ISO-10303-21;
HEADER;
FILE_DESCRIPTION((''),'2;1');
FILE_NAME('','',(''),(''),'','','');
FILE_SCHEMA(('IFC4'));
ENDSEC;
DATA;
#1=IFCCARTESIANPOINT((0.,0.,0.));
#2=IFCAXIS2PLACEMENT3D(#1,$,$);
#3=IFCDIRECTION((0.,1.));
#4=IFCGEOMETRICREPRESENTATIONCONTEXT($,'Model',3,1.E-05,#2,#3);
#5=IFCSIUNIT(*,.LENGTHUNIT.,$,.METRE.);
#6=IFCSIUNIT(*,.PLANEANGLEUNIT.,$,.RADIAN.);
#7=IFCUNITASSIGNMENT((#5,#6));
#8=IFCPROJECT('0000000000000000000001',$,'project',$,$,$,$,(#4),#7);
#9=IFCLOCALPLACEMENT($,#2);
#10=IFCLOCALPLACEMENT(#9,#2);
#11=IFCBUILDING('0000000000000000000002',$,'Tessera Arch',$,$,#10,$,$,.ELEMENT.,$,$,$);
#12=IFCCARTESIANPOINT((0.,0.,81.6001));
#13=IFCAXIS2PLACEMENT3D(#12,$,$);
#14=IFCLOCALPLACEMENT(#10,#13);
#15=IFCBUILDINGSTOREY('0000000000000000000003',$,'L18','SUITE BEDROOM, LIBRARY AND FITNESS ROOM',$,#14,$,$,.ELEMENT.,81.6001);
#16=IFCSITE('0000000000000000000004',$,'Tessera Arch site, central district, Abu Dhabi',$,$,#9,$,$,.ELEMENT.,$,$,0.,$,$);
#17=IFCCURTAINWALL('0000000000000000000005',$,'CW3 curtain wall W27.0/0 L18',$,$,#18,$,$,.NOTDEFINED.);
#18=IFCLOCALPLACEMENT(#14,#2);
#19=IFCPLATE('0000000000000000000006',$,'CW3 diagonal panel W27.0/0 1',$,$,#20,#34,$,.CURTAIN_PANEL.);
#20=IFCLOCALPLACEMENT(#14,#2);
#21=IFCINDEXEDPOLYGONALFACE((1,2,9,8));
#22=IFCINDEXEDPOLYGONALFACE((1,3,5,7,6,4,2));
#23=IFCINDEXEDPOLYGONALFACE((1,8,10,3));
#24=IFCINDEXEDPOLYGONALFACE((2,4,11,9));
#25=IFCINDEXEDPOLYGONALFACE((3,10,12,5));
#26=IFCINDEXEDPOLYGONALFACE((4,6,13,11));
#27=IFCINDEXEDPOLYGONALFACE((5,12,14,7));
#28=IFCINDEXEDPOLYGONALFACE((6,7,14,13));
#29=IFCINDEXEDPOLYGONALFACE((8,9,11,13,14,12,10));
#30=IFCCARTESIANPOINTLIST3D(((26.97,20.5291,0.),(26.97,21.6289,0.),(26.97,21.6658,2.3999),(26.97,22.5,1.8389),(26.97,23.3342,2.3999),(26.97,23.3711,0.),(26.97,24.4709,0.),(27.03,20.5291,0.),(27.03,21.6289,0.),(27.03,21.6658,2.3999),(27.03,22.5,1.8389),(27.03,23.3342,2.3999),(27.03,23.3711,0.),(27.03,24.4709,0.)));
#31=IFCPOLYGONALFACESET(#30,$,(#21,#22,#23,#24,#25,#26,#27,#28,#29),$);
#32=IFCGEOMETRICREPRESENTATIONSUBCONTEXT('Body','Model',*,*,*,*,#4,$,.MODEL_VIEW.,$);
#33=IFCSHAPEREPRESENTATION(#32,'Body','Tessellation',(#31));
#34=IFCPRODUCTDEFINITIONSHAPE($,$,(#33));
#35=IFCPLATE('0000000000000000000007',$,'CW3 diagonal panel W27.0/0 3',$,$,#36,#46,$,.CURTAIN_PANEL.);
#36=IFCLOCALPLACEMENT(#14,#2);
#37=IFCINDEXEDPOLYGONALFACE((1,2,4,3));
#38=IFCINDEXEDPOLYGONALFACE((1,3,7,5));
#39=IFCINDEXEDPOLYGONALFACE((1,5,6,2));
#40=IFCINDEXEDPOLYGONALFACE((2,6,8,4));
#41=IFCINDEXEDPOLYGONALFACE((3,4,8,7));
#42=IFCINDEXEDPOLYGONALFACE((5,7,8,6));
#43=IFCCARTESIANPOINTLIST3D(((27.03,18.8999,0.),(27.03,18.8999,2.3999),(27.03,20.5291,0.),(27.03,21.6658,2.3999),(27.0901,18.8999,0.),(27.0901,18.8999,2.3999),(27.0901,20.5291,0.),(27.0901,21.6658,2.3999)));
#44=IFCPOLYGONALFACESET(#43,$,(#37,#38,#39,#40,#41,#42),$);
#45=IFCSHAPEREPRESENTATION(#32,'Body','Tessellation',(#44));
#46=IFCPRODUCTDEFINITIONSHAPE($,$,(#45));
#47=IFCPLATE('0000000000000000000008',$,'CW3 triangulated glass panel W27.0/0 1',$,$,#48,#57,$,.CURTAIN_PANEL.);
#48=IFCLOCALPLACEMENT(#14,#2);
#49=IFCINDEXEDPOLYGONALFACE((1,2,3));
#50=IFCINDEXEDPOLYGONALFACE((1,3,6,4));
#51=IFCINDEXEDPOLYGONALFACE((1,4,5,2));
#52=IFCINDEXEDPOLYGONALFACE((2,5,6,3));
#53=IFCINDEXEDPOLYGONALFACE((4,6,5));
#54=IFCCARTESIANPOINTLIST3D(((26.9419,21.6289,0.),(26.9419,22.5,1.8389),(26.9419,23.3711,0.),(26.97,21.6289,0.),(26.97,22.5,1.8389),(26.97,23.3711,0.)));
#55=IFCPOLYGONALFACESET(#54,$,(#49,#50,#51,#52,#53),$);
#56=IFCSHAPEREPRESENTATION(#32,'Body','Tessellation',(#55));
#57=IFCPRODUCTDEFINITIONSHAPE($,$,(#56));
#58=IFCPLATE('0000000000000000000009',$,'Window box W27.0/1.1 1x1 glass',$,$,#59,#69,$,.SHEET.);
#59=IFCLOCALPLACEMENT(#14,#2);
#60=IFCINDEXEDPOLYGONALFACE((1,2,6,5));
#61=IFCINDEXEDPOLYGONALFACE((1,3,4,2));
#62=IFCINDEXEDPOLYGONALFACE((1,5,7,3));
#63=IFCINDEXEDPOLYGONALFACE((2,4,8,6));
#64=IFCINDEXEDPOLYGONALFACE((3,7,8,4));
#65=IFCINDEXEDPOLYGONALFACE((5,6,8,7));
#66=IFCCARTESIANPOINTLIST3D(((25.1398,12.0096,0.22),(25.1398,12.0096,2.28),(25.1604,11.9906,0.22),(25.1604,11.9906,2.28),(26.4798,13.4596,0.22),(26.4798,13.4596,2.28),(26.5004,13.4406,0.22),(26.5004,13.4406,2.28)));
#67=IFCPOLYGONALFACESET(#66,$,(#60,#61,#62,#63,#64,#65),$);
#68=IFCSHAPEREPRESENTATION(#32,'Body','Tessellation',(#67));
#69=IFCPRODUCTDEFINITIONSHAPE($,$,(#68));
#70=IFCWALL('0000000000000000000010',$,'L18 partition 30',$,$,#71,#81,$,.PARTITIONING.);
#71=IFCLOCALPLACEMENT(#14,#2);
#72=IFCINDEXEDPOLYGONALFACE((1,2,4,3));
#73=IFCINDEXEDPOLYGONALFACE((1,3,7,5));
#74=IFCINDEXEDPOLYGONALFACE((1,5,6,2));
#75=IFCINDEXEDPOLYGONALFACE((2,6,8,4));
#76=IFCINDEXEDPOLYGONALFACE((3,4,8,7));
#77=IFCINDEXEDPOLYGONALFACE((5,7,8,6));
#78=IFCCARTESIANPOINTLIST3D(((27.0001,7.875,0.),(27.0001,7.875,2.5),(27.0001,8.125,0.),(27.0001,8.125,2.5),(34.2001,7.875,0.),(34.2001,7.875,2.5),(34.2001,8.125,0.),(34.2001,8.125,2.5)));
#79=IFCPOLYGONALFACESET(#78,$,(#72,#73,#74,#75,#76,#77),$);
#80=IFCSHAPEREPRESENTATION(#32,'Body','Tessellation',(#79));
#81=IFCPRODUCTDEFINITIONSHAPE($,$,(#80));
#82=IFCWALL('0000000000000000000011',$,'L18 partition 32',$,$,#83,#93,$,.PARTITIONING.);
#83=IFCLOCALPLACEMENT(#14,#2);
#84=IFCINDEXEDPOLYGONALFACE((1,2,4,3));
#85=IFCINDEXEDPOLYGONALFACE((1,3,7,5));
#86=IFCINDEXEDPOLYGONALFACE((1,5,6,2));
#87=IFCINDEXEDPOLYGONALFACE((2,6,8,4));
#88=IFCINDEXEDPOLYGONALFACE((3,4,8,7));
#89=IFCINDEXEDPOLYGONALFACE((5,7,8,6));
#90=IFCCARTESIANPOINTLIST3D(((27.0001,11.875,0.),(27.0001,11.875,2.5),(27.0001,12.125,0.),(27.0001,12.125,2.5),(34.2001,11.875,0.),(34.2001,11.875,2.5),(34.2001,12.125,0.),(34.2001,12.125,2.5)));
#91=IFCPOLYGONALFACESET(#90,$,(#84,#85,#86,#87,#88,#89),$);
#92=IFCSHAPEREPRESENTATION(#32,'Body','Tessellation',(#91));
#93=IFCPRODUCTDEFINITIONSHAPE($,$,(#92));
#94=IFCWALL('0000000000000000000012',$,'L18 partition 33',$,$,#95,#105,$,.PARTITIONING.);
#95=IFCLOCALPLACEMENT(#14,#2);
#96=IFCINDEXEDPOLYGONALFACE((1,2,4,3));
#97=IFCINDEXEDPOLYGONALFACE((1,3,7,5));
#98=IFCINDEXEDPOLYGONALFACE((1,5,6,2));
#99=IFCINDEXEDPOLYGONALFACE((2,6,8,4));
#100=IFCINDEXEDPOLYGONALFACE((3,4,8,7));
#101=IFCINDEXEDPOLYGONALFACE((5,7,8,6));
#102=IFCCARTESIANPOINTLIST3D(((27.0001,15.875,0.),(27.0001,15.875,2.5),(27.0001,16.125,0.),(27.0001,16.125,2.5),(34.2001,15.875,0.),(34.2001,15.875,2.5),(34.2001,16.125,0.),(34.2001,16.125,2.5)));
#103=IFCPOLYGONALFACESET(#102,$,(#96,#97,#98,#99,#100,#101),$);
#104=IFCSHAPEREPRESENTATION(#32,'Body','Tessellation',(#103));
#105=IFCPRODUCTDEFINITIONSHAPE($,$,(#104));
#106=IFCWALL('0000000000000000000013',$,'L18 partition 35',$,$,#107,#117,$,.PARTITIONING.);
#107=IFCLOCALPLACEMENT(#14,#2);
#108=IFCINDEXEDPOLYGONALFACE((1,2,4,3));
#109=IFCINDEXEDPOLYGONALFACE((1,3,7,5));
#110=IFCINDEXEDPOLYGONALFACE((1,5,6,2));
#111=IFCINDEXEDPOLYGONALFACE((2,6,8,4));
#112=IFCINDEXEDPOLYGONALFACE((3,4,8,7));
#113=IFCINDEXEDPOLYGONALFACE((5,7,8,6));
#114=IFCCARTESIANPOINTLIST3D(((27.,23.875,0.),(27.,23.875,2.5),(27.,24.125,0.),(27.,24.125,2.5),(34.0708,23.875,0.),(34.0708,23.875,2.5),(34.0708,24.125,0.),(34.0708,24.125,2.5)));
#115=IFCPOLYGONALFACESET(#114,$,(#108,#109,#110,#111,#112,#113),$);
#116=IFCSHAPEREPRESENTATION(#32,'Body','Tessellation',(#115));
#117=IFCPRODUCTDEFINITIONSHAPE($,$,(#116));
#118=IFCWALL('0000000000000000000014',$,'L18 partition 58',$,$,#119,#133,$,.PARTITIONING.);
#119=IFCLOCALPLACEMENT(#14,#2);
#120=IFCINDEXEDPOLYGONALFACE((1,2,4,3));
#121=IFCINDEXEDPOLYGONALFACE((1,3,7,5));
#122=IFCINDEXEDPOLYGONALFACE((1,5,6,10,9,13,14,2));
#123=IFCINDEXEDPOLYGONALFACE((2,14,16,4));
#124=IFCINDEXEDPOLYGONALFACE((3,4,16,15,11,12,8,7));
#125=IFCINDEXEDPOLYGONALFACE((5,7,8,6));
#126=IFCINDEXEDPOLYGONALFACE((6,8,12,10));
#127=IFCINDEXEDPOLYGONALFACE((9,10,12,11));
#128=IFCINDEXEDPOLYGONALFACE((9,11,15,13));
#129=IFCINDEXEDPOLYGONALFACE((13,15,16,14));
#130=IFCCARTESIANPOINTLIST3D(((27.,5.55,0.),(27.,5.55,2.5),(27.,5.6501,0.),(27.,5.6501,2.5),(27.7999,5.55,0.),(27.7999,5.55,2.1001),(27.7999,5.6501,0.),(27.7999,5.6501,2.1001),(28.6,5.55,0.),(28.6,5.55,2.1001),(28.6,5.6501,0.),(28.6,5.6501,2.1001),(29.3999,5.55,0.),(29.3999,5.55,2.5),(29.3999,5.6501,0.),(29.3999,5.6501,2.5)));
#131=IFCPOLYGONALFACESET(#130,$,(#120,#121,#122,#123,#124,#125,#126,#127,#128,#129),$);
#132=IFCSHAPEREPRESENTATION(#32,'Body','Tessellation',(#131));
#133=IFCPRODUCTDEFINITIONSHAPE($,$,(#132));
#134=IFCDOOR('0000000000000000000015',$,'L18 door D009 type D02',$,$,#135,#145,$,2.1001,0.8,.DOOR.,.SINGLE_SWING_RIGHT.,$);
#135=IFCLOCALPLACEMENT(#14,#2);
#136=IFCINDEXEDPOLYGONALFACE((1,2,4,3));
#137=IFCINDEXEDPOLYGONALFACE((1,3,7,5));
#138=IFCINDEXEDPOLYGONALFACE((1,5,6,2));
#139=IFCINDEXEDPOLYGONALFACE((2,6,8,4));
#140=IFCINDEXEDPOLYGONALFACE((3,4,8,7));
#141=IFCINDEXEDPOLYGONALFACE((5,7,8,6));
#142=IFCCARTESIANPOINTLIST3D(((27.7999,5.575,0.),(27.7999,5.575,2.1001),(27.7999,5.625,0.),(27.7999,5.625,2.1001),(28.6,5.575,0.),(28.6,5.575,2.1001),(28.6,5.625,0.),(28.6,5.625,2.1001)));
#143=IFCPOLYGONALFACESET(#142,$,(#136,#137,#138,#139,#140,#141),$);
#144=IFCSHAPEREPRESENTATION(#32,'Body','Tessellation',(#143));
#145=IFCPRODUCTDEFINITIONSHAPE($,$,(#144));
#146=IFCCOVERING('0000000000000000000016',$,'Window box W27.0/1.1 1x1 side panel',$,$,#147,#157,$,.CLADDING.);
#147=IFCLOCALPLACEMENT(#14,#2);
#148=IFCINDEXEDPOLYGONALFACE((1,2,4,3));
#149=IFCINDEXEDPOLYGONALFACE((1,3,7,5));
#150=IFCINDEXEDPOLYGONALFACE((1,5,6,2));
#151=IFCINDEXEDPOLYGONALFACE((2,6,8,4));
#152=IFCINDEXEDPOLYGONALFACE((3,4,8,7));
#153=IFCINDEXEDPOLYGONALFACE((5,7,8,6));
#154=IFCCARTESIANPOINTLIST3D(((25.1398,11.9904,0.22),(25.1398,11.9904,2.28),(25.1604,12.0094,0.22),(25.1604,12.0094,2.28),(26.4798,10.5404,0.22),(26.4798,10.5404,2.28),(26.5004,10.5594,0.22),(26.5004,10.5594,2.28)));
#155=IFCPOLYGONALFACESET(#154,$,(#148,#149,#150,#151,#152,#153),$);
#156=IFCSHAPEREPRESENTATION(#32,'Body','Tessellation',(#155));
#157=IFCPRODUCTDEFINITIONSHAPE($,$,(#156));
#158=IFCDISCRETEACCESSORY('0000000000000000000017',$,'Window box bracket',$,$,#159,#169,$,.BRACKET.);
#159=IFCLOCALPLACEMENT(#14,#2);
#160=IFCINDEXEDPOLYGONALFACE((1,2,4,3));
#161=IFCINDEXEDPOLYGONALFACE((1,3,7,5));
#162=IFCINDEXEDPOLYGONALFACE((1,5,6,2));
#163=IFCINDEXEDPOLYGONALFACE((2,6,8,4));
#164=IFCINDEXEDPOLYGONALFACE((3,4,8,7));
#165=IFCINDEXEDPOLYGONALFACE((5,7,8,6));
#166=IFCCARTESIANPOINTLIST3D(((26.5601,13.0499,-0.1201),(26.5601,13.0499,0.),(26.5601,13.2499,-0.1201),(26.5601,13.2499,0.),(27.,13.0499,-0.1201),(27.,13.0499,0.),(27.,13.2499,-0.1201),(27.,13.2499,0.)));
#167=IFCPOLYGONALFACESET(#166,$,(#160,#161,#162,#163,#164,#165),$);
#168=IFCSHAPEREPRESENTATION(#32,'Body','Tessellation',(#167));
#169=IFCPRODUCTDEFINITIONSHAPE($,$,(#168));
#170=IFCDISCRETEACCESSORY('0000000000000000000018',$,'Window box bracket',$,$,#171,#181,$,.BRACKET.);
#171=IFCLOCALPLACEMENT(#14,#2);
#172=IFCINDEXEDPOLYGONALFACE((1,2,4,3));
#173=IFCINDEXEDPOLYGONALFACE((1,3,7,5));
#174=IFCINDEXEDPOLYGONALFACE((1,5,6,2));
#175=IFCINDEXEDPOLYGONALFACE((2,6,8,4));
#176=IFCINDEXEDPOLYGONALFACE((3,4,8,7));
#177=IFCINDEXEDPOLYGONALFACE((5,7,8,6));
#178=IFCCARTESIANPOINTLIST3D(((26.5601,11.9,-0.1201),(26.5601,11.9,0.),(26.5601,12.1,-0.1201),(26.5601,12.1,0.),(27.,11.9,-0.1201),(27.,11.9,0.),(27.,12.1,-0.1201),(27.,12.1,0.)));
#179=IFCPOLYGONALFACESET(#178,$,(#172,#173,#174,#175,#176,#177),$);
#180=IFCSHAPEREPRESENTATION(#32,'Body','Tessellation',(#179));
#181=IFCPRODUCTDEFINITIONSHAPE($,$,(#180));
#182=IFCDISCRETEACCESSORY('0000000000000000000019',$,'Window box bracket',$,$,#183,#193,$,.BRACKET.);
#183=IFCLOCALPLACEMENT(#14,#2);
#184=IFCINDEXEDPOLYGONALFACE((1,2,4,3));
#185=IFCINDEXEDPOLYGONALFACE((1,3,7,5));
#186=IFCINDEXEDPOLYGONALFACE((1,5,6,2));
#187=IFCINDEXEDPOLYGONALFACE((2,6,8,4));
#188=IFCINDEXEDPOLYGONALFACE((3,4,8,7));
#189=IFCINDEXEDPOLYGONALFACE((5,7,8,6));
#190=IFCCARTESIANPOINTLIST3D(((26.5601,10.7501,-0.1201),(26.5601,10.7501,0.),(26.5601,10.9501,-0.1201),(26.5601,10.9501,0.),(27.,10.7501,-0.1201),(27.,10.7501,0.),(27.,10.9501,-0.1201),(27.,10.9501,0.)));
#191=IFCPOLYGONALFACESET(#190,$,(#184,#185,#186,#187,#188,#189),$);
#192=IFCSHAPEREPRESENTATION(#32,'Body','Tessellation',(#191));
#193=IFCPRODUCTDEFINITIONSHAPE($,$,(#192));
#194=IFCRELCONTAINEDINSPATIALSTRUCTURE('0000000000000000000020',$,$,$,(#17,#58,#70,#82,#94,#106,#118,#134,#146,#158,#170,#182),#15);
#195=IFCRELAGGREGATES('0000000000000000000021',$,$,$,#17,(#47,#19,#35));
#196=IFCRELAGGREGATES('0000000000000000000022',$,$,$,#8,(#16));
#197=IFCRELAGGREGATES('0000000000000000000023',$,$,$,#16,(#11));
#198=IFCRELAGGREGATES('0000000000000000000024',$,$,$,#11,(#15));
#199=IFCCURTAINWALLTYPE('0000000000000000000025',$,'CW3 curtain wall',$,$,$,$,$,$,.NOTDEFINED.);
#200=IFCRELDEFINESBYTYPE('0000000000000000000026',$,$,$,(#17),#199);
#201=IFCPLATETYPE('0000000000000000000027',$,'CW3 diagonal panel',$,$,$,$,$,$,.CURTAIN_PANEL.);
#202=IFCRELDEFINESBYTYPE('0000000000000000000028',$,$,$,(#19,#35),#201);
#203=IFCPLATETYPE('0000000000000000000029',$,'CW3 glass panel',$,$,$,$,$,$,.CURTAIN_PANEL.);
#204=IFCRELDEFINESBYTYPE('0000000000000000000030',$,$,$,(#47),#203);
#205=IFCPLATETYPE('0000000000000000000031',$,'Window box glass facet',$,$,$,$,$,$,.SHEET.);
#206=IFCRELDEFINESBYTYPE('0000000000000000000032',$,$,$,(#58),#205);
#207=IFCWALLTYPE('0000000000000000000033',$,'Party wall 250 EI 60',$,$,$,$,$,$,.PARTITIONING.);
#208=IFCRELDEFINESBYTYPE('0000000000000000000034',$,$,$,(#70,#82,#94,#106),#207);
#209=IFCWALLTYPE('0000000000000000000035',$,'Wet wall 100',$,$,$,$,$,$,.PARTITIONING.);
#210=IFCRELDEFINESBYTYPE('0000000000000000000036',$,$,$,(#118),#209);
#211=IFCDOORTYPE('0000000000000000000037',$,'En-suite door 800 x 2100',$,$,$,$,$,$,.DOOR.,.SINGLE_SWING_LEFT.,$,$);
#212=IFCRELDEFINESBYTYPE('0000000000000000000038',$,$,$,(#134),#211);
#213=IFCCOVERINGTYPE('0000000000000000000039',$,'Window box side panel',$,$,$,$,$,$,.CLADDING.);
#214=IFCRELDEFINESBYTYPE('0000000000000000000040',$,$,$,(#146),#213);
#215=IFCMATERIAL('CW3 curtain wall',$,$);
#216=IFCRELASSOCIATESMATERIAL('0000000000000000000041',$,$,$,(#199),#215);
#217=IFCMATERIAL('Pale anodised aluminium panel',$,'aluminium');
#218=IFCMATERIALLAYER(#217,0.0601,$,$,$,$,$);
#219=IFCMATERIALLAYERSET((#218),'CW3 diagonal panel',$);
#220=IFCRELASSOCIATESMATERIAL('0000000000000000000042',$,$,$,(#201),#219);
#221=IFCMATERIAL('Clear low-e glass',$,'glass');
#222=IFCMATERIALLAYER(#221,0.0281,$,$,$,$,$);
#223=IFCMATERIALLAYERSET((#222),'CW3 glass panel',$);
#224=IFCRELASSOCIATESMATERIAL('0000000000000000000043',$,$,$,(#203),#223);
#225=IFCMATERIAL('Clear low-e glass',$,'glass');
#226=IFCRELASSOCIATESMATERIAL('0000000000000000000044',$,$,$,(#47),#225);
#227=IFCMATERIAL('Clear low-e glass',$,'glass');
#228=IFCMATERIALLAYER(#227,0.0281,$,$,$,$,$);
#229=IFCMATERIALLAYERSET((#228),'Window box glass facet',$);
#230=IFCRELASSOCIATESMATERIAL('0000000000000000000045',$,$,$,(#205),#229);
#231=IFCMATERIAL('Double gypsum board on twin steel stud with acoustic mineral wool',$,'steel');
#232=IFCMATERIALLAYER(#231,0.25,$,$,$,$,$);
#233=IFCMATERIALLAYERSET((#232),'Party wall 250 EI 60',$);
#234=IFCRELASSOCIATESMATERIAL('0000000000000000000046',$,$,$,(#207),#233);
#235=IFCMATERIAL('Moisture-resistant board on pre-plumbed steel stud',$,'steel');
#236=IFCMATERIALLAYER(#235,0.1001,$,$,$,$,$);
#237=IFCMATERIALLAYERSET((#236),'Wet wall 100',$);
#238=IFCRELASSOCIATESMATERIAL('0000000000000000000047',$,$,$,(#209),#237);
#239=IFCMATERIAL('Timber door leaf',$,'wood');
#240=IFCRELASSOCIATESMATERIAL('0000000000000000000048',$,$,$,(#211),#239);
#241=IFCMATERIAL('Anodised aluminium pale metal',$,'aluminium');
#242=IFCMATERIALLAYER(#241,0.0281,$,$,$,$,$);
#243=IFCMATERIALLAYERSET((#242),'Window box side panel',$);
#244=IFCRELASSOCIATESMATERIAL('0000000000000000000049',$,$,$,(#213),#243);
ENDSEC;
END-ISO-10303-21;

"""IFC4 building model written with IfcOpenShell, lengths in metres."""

from ifc_helpers import new_model, si_unit, direction, frame, frame_2d, origin, origin_2d, place, context, subcontext, project, spatial, polyline, rectangle, outline, extrude, material, layer, layer_set, type_object, element, fill, aggregate, save


model = new_model("IFC4")

# Units and contexts
model_context = context("Model", 3, precision=1e-05, world=origin(), true_north=direction((0.0, 1.0)))
body_context = subcontext(model_context, "Body", "Model", "MODEL_VIEW")
ifc_project = project(units=[si_unit("LENGTHUNIT", "METRE"), si_unit("PLANEANGLEUNIT", "RADIAN")], contexts=[model_context])

# Site, building, storey
site_placement = place(None, origin())
site = spatial("IfcSite", under=ifc_project, at=site_placement, Name="Tessera Arch site, central district, Abu Dhabi", CompositionType="ELEMENT", RefElevation=0.0)
building_placement = place(site_placement, origin())
building = spatial("IfcBuilding", under=site, at=building_placement, Name="Tessera Arch", CompositionType="ELEMENT")
storey_placement = place(building_placement, frame((0.0, 0.0, 81.6001)))
storey = spatial("IfcBuildingStorey", under=building, at=storey_placement, Name="L18", Description="SUITE BEDROOM, LIBRARY AND FITNESS ROOM", CompositionType="ELEMENT", Elevation=81.6001)

# Shared definitions
ifc_material_1 = material(Name="Clear low-e glass", Category="glass")

# Curtain wall, plates
ifc_material_2 = material(Name="CW3 curtain wall")
curtain_wall_type_1 = type_object("IfcCurtainWallType", Name="CW3 curtain wall", PredefinedType="NOTDEFINED", material=ifc_material_2)
curtain_wall_1_placement = place(storey_placement, origin())
curtain_wall_1 = element("IfcCurtainWall", 1, at=curtain_wall_1_placement, inside=storey, type_object=curtain_wall_type_1, Name="CW3 curtain wall W27.0/0 L18", PredefinedType="NOTDEFINED")
ifc_material_3 = material(Name="Pale anodised aluminium panel", Category="aluminium")
ifc_layer_1 = layer(ifc_material_3, 0.0601)
ifc_layer_set_1 = layer_set([ifc_layer_1], Name="CW3 diagonal panel")
plate_type_1 = type_object("IfcPlateType", Name="CW3 diagonal panel", PredefinedType="CURTAIN_PANEL", material=ifc_layer_set_1)
plate_1_placement = place(storey_placement, frame((26.97, 21.6658, 2.3999), z_axis=(-1.0, 0.0, 0.0), x_axis=(0.0, 1.0, 0.0)))
plate_1 = element("IfcPlate", 2, at=plate_1_placement, type_object=plate_type_1, Name="CW3 diagonal panel W27.0/0 1", PredefinedType="CURTAIN_PANEL", context=body_context, shape_type="SweptSolid", body=[
    extrude(outline(polyline([(0.0, 0.0), (1.6685, 0.0), (2.8052, 2.3999), (1.7053, 2.3999), (0.8342, 0.561), (-0.0369, 2.3999), (-1.1367, 2.3999), (0.0, 0.0)])), origin(), (0.0, 0.0, -1.0), 0.0601),
])
plate_2_placement = place(storey_placement, frame((27.03, 18.8999, 2.3999), z_axis=(-1.0, 0.0, 0.0), x_axis=(0.0, 1.0, 0.0)))
plate_2 = element("IfcPlate", 3, at=plate_2_placement, type_object=plate_type_1, Name="CW3 diagonal panel W27.0/0 3", PredefinedType="CURTAIN_PANEL", context=body_context, shape_type="SweptSolid", body=[
    extrude(outline(polyline([(0.0, 0.0), (2.7659, 0.0), (1.6292, 2.3999), (0.0, 2.3999), (0.0, 0.0)])), origin(), (0.0, 0.0, -1.0), 0.0601),
])
ifc_material_4 = material(Name="Clear low-e glass", Category="glass")
ifc_layer_2 = layer(ifc_material_4, 0.0281)
ifc_layer_set_2 = layer_set([ifc_layer_2], Name="CW3 glass panel")
plate_type_2 = type_object("IfcPlateType", Name="CW3 glass panel", PredefinedType="CURTAIN_PANEL", material=ifc_layer_set_2)
plate_3_placement = place(storey_placement, frame((26.9419, 23.3711, 0.0), z_axis=(-1.0, 0.0, 0.0), x_axis=(0.0, -1.0, 0.0)))
plate_3 = element("IfcPlate", 4, at=plate_3_placement, type_object=plate_type_2, material=ifc_material_1, Name="CW3 triangulated glass panel W27.0/0 1", PredefinedType="CURTAIN_PANEL", context=body_context, shape_type="SweptSolid", body=[
    extrude(outline(polyline([(0.0, 0.0), (1.7422, 0.0), (0.8711, 1.8389), (0.0, 0.0)])), origin(), (0.0, 0.0, -1.0), 0.0281),
])
aggregate(curtain_wall_1, [plate_3, plate_1, plate_2])

# Plate
ifc_material_5 = material(Name="Clear low-e glass", Category="glass")
ifc_layer_3 = layer(ifc_material_5, 0.0281)
ifc_layer_set_3 = layer_set([ifc_layer_3], Name="Window box glass facet")
plate_type_3 = type_object("IfcPlateType", Name="Window box glass facet", PredefinedType="SHEET", material=ifc_layer_set_3)
plate_4_placement = place(storey_placement, frame((25.8201, 12.7251, 0.22), z_axis=(0.0, 0.0, 1.0), x_axis=(-0.678701, -0.734415, 0.0)))
element("IfcPlate", 5, at=plate_4_placement, inside=storey, type_object=plate_type_3, Name="Window box W27.0/1.1 1x1 glass", PredefinedType="SHEET", context=body_context, shape_type="SweptSolid", body=[
    extrude(rectangle(XDim=1.9744, YDim=0.0281, at=origin_2d()), origin(), (0.0, 0.0, 1.0), 2.0601),
])

# Walls
ifc_material_6 = material(Name="Double gypsum board on twin steel stud with acoustic mineral wool", Category="steel")
ifc_layer_4 = layer(ifc_material_6, 0.25)
ifc_layer_set_4 = layer_set([ifc_layer_4], Name="Party wall 250 EI 60")
wall_type_1 = type_object("IfcWallType", Name="Party wall 250 EI 60", PredefinedType="PARTITIONING", material=ifc_layer_set_4)
for number, where, z_axis, x_axis, name in (
    (6, (27.0, 8.0, 0.0), (0.0, 0.0, 1.0), (1.0, 0.0, 0.0), "L18 partition 30"),
    (7, (27.0, 12.0, 0.0), (0.0, 0.0, 1.0), (1.0, 0.0, 0.0), "L18 partition 32"),
    (8, (27.0, 16.0, 0.0), (0.0, 0.0, 1.0), (1.0, 0.0, 0.0), "L18 partition 33"),
):
    element("IfcWall", number, at=place(storey_placement, frame(where, z_axis=z_axis, x_axis=x_axis)), inside=storey, type_object=wall_type_1, Name=name, PredefinedType="PARTITIONING", context=body_context, shape_type="SweptSolid", body=[
        extrude(rectangle(XDim=7.2, YDim=0.25, at=frame_2d((3.6001, 0.0))), origin(), (0.0, 0.0, 1.0), 2.5),
    ])
wall_1_placement = place(storey_placement, frame((27.0, 24.0, 0.0), z_axis=(0.0, 0.0, 1.0), x_axis=(1.0, 0.0, 0.0)))
element("IfcWall", 9, at=wall_1_placement, inside=storey, type_object=wall_type_1, Name="L18 partition 35", PredefinedType="PARTITIONING", context=body_context, shape_type="SweptSolid", body=[
    extrude(rectangle(XDim=7.0708, YDim=0.25, at=frame_2d((3.5354, 0.0))), origin(), (0.0, 0.0, 1.0), 2.5),
])

# Wall, opening, door
ifc_material_7 = material(Name="Moisture-resistant board on pre-plumbed steel stud", Category="steel")
ifc_layer_5 = layer(ifc_material_7, 0.1001)
ifc_layer_set_5 = layer_set([ifc_layer_5], Name="Wet wall 100")
wall_type_2 = type_object("IfcWallType", Name="Wet wall 100", PredefinedType="PARTITIONING", material=ifc_layer_set_5)
wall_2_placement = place(storey_placement, frame((27.0, 5.6001, 0.0), z_axis=(0.0, 0.0, 1.0), x_axis=(1.0, 0.0, 0.0)))
wall_2 = element("IfcWall", 10, at=wall_2_placement, inside=storey, type_object=wall_type_2, Name="L18 partition 58", PredefinedType="PARTITIONING", context=body_context, shape_type="SweptSolid", body=[
    extrude(rectangle(XDim=2.3999, YDim=0.1001, at=frame_2d((1.2, 0.0))), origin(), (0.0, 0.0, 1.0), 2.5),
])
opening_placement = place(wall_2_placement, frame((0.8, 0.0, 0.0)))
opening = element("IfcOpeningElement", 11, at=opening_placement, cuts=wall_2, PredefinedType="OPENING", context=body_context, shape_type="SweptSolid", body=[
    extrude(rectangle(XDim=0.8, YDim=2.1001, at=frame_2d((0.3999, 1.05))), frame((0.0, 0.0601, 0.0), z_axis=(0.0, -1.0, 0.0), x_axis=(1.0, 0.0, 0.0)), (0.0, 0.0, 1.0), 0.1201),
])
ifc_material_8 = material(Name="Timber door leaf", Category="wood")
door_type = type_object("IfcDoorType", Name="En-suite door 800 x 2100", OperationType="SINGLE_SWING_LEFT", PredefinedType="DOOR", material=ifc_material_8)
door_placement = place(opening_placement, origin())
door = element("IfcDoor", 12, at=door_placement, inside=storey, type_object=door_type, Name="L18 door D009 type D02", OperationType="SINGLE_SWING_RIGHT", OverallHeight=2.1001, OverallWidth=0.8, PredefinedType="DOOR", context=body_context, shape_type="SweptSolid", body=[
    extrude(rectangle(XDim=0.8, YDim=2.1001, at=frame_2d((0.3999, 1.05))), frame((0.0, 0.0249, 0.0), z_axis=(0.0, -1.0, 0.0), x_axis=(1.0, 0.0, 0.0)), (0.0, 0.0, 1.0), 0.05),
])
fill(opening, door)

# Covering
ifc_material_9 = material(Name="Anodised aluminium pale metal", Category="aluminium")
ifc_layer_6 = layer(ifc_material_9, 0.0281)
ifc_layer_set_6 = layer_set([ifc_layer_6], Name="Window box side panel")
covering_type = type_object("IfcCoveringType", Name="Window box side panel", PredefinedType="CLADDING", material=ifc_layer_set_6)
covering_placement = place(storey_placement, frame((25.8201, 11.2749, 0.22), z_axis=(0.0, 0.0, 1.0), x_axis=(-0.678701, 0.734415, 0.0)))
element("IfcCovering", 13, at=covering_placement, inside=storey, type_object=covering_type, Name="Window box W27.0/1.1 1x1 side panel", PredefinedType="CLADDING", context=body_context, shape_type="SweptSolid", body=[
    extrude(rectangle(XDim=1.9744, YDim=0.0281, at=origin_2d()), origin(), (0.0, 0.0, 1.0), 2.0601),
])

# Discrete accessories
for number, where, z_axis, x_axis, name in (
    (14, (26.78, 13.1499, -0.1201), (0.0, 0.0, 1.0), (-1.0, 0.0, 0.0), "Window box bracket"),
    (15, (26.78, 12.0, -0.1201), (0.0, 0.0, 1.0), (-1.0, 0.0, 0.0), "Window box bracket"),
    (16, (26.78, 10.8501, -0.1201), (0.0, 0.0, 1.0), (-1.0, 0.0, 0.0), "Window box bracket"),
):
    element("IfcDiscreteAccessory", number, at=place(storey_placement, frame(where, z_axis=z_axis, x_axis=x_axis)), inside=storey, Name=name, PredefinedType="BRACKET", context=body_context, shape_type="SweptSolid", body=[
        extrude(rectangle(XDim=0.4399, YDim=0.2, at=origin_2d()), origin(), (0.0, 0.0, 1.0), 0.1201),
    ])

save(model, "model.ifc")
